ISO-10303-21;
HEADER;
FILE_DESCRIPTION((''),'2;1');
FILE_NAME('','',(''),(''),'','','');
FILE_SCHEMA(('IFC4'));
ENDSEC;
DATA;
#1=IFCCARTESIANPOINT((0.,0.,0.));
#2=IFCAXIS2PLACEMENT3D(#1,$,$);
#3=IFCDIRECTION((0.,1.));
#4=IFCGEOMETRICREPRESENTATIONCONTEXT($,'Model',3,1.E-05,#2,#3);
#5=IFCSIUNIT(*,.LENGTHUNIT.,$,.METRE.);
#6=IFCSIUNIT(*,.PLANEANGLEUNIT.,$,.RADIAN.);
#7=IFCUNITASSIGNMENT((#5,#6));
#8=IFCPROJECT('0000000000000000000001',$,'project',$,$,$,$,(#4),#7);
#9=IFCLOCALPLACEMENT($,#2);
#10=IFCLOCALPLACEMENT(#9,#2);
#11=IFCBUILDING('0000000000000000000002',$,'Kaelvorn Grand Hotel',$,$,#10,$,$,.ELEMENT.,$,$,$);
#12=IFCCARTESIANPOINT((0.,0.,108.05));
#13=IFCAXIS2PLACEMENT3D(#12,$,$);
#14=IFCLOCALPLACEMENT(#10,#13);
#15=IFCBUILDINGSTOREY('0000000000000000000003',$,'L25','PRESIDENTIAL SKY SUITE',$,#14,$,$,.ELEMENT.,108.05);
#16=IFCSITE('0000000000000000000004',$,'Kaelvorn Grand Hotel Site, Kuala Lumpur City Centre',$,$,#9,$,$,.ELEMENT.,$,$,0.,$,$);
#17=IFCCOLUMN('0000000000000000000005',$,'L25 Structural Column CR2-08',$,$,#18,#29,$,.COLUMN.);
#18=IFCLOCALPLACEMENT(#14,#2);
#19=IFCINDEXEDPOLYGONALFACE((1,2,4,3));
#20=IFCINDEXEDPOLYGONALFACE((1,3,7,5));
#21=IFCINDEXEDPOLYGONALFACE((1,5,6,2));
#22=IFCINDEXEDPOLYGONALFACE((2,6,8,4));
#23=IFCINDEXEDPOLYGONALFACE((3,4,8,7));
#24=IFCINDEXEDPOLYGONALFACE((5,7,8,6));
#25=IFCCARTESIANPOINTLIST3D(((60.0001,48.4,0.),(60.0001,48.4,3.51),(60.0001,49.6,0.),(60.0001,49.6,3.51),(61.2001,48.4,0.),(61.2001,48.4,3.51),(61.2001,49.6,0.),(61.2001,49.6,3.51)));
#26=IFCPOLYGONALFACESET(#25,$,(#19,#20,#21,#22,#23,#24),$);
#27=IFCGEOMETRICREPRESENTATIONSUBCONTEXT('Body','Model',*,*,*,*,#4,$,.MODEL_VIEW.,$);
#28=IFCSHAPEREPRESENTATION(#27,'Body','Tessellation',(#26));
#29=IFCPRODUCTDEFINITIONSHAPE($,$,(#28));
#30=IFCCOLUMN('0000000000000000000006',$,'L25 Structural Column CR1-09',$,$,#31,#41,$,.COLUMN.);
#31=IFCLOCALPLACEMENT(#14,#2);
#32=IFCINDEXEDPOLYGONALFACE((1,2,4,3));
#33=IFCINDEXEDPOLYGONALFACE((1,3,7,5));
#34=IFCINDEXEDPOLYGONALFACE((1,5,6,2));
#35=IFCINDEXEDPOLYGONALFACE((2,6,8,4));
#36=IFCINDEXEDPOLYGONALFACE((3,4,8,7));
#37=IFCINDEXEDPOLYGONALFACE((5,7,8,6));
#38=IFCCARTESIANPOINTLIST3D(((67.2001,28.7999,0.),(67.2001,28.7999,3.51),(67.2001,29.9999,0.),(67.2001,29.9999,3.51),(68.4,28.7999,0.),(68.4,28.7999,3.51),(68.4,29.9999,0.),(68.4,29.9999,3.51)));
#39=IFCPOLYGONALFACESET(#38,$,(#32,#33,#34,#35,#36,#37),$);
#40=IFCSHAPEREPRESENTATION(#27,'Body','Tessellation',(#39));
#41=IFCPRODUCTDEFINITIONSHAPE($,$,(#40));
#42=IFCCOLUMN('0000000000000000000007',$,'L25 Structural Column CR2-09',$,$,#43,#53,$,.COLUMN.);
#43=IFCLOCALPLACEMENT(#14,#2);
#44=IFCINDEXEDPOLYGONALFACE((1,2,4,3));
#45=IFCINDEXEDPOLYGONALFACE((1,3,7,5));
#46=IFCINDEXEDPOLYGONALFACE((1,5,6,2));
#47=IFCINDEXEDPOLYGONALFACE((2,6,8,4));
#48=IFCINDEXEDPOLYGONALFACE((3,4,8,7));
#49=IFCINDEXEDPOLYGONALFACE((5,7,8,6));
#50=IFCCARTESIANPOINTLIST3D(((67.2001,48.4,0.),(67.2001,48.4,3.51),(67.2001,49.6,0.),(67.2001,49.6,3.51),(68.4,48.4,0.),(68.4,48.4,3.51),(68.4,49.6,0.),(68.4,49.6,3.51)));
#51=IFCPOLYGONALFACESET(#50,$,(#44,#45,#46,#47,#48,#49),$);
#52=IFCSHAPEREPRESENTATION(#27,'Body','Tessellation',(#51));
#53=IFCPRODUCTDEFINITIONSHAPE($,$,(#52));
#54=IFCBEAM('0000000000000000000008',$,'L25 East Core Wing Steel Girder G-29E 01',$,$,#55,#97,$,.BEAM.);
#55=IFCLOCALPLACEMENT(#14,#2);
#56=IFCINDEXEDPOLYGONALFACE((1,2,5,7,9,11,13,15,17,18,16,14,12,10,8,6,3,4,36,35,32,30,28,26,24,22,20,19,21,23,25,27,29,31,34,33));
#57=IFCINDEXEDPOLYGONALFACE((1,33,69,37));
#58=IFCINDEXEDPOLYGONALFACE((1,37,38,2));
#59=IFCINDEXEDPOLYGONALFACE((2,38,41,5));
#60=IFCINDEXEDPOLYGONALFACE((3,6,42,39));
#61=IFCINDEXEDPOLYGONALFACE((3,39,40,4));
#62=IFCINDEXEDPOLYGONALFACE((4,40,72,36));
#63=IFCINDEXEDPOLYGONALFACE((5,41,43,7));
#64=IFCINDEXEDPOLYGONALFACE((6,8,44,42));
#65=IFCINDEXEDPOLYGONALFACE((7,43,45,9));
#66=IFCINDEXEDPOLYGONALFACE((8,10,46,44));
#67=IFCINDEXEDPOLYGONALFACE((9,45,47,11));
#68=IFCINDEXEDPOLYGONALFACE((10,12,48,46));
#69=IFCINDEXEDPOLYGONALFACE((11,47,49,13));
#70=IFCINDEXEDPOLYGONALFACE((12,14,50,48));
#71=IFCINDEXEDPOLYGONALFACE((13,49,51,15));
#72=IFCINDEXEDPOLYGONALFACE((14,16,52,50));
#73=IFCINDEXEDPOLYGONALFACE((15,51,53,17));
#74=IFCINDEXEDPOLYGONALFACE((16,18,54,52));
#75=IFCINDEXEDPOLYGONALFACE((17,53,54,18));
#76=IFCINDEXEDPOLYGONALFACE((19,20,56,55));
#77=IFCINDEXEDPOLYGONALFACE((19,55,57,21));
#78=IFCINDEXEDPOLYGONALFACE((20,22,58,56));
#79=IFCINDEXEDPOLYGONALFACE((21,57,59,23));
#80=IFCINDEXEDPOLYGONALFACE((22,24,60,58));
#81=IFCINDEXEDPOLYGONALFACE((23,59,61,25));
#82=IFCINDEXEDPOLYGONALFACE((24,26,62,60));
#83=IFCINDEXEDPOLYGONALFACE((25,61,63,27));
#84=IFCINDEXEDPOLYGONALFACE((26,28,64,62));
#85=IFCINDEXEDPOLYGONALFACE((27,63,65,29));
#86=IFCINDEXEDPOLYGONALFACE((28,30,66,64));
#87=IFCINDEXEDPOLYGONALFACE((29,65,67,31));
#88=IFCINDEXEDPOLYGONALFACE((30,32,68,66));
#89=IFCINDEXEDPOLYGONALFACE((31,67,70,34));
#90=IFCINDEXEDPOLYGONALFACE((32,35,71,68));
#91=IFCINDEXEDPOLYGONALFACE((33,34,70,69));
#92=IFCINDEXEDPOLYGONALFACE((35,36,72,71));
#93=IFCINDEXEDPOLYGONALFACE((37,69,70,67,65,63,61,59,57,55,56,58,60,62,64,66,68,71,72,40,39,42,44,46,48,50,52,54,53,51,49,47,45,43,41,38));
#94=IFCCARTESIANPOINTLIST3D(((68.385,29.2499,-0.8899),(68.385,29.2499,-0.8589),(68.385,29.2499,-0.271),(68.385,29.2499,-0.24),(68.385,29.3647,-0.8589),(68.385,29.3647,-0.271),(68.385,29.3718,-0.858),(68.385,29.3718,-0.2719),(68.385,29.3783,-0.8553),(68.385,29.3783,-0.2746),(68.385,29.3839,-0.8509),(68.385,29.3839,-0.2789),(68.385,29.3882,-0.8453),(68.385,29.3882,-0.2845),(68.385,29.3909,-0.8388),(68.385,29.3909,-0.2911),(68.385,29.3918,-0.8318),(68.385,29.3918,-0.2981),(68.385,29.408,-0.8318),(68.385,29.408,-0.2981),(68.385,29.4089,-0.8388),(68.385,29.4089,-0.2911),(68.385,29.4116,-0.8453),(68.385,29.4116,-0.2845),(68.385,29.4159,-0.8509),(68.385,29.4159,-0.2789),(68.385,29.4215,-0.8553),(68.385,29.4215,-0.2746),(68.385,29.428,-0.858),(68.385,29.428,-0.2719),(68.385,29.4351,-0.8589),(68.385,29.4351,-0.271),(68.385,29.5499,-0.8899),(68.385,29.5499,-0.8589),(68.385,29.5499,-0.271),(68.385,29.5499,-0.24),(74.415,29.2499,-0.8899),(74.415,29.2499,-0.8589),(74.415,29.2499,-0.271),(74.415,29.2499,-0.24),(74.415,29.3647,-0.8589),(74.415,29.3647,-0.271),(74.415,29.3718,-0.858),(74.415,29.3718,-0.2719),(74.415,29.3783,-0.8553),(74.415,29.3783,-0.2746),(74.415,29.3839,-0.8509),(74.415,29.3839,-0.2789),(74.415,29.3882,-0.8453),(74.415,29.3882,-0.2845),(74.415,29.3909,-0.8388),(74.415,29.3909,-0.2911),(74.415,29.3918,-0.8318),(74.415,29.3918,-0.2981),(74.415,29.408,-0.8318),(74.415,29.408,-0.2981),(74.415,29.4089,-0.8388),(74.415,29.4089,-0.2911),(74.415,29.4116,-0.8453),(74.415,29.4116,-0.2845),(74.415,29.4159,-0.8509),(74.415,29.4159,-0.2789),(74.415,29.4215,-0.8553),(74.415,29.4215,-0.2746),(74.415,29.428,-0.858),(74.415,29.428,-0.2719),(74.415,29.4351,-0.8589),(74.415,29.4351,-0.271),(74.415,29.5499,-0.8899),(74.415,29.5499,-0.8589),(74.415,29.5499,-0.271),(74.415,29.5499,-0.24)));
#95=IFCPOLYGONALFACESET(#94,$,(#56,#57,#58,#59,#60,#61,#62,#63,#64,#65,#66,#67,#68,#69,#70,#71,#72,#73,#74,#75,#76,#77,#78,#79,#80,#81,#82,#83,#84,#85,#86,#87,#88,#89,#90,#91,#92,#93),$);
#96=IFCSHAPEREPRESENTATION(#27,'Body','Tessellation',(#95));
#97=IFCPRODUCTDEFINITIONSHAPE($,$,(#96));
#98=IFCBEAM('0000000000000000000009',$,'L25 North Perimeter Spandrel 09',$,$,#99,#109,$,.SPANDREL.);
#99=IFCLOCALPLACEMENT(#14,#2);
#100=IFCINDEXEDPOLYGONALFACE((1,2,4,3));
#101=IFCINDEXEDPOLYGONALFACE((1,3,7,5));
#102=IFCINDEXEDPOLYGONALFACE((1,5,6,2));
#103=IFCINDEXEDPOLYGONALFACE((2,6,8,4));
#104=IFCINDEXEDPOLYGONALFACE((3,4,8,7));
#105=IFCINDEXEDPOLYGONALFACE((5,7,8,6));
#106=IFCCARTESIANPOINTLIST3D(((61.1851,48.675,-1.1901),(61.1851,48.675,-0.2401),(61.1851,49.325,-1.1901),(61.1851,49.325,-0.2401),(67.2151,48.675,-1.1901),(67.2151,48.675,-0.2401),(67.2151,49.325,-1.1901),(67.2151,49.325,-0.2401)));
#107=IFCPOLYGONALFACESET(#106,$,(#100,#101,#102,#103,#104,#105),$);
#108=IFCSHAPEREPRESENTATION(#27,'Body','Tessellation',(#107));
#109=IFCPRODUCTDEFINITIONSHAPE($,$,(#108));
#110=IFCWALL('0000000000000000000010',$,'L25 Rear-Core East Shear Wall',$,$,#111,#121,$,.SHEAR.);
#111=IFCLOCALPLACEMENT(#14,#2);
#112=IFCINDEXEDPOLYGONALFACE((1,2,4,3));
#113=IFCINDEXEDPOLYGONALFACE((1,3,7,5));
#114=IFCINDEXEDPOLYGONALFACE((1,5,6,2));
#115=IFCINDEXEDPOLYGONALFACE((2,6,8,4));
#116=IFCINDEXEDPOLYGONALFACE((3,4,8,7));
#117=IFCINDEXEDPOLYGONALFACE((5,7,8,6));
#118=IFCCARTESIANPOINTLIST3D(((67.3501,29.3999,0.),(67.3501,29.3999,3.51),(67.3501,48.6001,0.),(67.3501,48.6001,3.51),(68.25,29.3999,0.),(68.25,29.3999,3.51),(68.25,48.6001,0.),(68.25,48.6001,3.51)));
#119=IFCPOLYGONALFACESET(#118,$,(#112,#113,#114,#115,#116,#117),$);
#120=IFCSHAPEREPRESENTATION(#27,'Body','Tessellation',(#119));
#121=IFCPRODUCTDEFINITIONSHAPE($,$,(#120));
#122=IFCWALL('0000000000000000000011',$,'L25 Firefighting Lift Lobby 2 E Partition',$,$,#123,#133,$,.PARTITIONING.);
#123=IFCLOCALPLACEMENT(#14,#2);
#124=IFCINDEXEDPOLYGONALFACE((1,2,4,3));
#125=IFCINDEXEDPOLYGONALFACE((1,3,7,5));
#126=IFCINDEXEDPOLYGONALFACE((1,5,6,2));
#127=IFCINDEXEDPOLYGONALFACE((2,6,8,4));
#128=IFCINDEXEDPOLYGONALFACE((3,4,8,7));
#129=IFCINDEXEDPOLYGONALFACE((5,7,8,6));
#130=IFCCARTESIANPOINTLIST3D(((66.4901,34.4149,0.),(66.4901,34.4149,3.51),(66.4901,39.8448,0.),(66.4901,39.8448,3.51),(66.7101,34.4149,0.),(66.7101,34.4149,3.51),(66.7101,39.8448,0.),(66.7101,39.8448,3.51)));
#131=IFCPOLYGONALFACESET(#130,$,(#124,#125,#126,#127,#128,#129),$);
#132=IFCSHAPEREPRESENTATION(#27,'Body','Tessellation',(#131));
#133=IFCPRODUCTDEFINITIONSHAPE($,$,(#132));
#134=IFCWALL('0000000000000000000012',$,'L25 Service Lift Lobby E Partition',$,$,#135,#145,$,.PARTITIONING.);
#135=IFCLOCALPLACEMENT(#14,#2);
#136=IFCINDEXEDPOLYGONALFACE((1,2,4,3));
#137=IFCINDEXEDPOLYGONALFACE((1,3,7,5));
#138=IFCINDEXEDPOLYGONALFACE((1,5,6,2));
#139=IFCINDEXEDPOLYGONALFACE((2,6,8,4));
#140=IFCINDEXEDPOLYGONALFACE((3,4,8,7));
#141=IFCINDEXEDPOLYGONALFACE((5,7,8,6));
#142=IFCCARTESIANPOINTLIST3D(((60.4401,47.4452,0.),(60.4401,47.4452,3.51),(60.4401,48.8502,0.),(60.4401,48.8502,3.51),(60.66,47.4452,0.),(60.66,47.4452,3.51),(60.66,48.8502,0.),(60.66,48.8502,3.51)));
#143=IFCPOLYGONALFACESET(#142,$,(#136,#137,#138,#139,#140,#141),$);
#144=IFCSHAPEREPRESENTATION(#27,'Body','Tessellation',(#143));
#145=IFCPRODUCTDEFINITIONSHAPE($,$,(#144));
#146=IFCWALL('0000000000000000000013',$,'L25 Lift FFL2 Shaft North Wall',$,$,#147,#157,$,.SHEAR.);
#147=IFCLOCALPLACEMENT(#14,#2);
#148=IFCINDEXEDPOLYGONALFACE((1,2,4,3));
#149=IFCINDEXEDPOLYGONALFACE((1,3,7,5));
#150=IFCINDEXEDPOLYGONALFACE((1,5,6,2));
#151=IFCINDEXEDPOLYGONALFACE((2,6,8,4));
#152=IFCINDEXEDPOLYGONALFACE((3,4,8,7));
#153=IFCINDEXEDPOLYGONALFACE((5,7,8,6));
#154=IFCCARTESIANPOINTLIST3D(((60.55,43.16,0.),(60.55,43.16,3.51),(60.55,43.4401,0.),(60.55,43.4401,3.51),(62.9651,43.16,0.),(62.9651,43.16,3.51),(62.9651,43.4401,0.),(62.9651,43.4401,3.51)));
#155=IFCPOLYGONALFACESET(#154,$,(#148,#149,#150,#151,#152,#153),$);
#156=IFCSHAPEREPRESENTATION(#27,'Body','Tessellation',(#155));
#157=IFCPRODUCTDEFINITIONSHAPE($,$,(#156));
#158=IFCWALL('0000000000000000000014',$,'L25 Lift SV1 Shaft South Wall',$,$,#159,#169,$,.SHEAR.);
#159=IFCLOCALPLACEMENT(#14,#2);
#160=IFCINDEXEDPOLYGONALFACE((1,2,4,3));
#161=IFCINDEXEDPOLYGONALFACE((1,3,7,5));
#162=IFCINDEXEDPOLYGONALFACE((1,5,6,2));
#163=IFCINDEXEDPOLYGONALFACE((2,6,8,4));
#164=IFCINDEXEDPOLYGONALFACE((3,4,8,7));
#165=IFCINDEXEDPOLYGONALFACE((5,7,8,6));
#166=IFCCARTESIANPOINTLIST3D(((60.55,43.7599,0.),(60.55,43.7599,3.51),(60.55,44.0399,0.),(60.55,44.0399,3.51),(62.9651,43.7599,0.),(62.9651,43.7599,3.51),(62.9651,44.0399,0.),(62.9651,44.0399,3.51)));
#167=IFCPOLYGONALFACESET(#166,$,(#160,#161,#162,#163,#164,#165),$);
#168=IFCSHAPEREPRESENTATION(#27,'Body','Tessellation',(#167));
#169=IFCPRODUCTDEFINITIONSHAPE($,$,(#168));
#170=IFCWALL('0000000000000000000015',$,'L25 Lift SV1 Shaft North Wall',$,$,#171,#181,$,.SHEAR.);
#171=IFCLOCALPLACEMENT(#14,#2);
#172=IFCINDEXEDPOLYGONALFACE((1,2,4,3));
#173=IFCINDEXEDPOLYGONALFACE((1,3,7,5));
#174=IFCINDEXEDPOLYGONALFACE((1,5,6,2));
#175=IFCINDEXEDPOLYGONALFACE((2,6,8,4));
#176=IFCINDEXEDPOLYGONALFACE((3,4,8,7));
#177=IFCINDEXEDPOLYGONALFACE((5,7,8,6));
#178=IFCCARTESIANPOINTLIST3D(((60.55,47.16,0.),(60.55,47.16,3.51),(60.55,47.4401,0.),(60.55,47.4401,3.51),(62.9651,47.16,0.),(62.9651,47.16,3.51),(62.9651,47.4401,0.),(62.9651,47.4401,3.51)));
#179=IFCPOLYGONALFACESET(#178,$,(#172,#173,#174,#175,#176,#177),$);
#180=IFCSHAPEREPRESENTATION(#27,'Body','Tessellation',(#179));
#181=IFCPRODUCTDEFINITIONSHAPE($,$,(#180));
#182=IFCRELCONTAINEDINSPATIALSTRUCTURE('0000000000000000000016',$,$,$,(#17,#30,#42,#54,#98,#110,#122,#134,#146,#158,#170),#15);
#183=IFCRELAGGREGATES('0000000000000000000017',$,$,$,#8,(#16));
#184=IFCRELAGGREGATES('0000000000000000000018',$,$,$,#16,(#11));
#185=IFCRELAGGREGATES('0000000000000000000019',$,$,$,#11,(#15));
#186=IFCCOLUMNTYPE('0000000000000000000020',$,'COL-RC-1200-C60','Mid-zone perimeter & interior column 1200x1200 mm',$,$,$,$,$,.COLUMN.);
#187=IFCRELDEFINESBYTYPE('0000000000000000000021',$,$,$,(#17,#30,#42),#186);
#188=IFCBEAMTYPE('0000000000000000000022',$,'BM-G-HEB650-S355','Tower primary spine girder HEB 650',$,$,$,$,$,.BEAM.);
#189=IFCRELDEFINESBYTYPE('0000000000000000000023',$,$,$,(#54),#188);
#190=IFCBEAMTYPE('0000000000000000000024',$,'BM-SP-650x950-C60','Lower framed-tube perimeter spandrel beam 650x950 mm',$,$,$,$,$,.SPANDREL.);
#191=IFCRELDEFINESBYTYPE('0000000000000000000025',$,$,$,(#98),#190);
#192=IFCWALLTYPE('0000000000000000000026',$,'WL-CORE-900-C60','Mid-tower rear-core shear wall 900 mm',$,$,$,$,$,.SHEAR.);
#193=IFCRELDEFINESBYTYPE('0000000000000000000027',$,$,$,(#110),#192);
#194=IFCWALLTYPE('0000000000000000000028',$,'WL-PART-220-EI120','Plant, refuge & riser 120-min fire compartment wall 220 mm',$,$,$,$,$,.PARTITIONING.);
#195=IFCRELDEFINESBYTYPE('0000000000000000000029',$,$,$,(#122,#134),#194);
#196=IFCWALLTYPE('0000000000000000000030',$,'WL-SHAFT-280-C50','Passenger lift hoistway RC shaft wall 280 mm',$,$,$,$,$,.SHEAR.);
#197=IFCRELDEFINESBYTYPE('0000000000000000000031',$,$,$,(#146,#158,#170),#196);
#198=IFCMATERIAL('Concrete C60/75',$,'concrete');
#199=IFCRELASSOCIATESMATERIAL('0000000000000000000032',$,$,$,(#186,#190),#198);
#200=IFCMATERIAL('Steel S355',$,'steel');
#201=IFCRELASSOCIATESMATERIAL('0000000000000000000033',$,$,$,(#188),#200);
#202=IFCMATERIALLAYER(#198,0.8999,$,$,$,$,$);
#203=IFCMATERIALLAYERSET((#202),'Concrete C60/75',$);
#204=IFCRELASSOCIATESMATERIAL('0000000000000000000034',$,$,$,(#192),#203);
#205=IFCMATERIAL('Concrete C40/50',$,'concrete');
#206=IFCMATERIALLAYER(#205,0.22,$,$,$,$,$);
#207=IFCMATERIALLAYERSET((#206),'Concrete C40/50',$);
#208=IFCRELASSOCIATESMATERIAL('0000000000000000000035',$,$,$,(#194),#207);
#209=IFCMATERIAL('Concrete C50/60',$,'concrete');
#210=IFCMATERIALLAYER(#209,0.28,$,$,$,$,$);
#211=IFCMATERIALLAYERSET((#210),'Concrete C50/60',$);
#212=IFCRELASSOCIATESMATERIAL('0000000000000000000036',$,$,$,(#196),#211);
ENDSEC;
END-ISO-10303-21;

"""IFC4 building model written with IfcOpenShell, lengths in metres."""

from ifc_helpers import new_model, si_unit, direction, frame, frame_2d, origin, origin_2d, place, context, subcontext, project, spatial, rectangle, i_section, extrude, material, layer, layer_set, material_profile, profile_set, type_object, element, save


model = new_model("IFC4")

# Units and contexts
model_context = context("Model", 3, precision=1e-05, world=origin(), true_north=direction((0.0, 1.0)))
body_context = subcontext(model_context, "Body", "Model", "MODEL_VIEW")
ifc_project = project(units=[si_unit("LENGTHUNIT", "METRE"), si_unit("PLANEANGLEUNIT", "RADIAN")], contexts=[model_context])

# Site, building, storey
site_placement = place(None, origin())
site = spatial("IfcSite", under=ifc_project, at=site_placement, Name="Kaelvorn Grand Hotel Site, Kuala Lumpur City Centre", CompositionType="ELEMENT", RefElevation=0.0)
building_placement = place(site_placement, origin())
building = spatial("IfcBuilding", under=site, at=building_placement, Name="Kaelvorn Grand Hotel", CompositionType="ELEMENT")
storey_placement = place(building_placement, frame((0.0, 0.0, 108.05)))
storey = spatial("IfcBuildingStorey", under=building, at=storey_placement, Name="L25", Description="PRESIDENTIAL SKY SUITE", CompositionType="ELEMENT", Elevation=108.05)

# Columns
ifc_material_1 = material(Name="Concrete C60/75", Category="concrete")
ifc_material_profile_1 = material_profile(ifc_material_1, rectangle(XDim=1.2, YDim=1.2, at=origin_2d()), Name="RC COL 1200x1200")
ifc_profile_set_1 = profile_set([ifc_material_profile_1], Name="Concrete C60/75")
column_type = type_object("IfcColumnType", Name="COL-RC-1200-C60", Description="Mid-zone perimeter & interior column 1200x1200 mm", PredefinedType="COLUMN", material=ifc_profile_set_1)
for number, where, z_axis, x_axis, name in (
    (1, (60.6001, 49.0, 0.0), (0.0, 0.0, 1.0), (1.0, 0.0, 0.0), "L25 Structural Column CR2-08"),
    (2, (67.8, 29.3999, 0.0), (0.0, 0.0, 1.0), (1.0, 0.0, 0.0), "L25 Structural Column CR1-09"),
    (3, (67.8, 49.0, 0.0), (0.0, 0.0, 1.0), (1.0, 0.0, 0.0), "L25 Structural Column CR2-09"),
):
    element("IfcColumn", number, at=place(storey_placement, frame(where, z_axis=z_axis, x_axis=x_axis)), inside=storey, type_object=column_type, Name=name, PredefinedType="COLUMN", context=body_context, shape_type="SweptSolid", body=[
        extrude(rectangle(XDim=1.2, YDim=1.2, at=origin_2d()), origin(), (0.0, 0.0, 1.0), 3.51),
    ])

# Beams
ifc_material_2 = material(Name="Steel S355", Category="steel")
ifc_material_profile_2 = material_profile(ifc_material_2, i_section(OverallWidth=0.3, OverallDepth=0.6499, WebThickness=0.0161, FlangeThickness=0.031, FilletRadius=0.0271, at=origin_2d()), Name="HEB 650")
ifc_profile_set_2 = profile_set([ifc_material_profile_2], Name="Steel S355")
beam_type_1 = type_object("IfcBeamType", Name="BM-G-HEB650-S355", Description="Tower primary spine girder HEB 650", PredefinedType="BEAM", material=ifc_profile_set_2)
beam_1_placement = place(storey_placement, frame((68.385, 29.3999, -0.5649), z_axis=(1.0, 0.0, 0.0), x_axis=(0.0, 1.0, 0.0)))
element("IfcBeam", 4, at=beam_1_placement, inside=storey, type_object=beam_type_1, Name="L25 East Core Wing Steel Girder G-29E 01", PredefinedType="BEAM", context=body_context, shape_type="SweptSolid", body=[
    extrude(i_section(OverallWidth=0.3, OverallDepth=0.6499, WebThickness=0.0161, FlangeThickness=0.031, FilletRadius=0.0271, at=origin_2d()), origin(), (0.0, 0.0, 1.0), 6.03),
])
ifc_material_profile_3 = material_profile(ifc_material_1, rectangle(XDim=0.6499, YDim=0.95, at=origin_2d()), Name="RC SPANDREL 650x950")
ifc_profile_set_3 = profile_set([ifc_material_profile_3], Name="Concrete C60/75")
beam_type_2 = type_object("IfcBeamType", Name="BM-SP-650x950-C60", Description="Lower framed-tube perimeter spandrel beam 650x950 mm", PredefinedType="SPANDREL", material=ifc_profile_set_3)
beam_2_placement = place(storey_placement, frame((61.1851, 49.0, -0.7151), z_axis=(1.0, 0.0, 0.0), x_axis=(0.0, 1.0, 0.0)))
element("IfcBeam", 5, at=beam_2_placement, inside=storey, type_object=beam_type_2, Name="L25 North Perimeter Spandrel 09", PredefinedType="SPANDREL", context=body_context, shape_type="SweptSolid", body=[
    extrude(rectangle(XDim=0.6499, YDim=0.95, at=origin_2d()), origin(), (0.0, 0.0, 1.0), 6.03),
])

# Walls
ifc_layer_1 = layer(ifc_material_1, 0.8999)
ifc_layer_set_1 = layer_set([ifc_layer_1], Name="Concrete C60/75")
wall_type_1 = type_object("IfcWallType", Name="WL-CORE-900-C60", Description="Mid-tower rear-core shear wall 900 mm", PredefinedType="SHEAR", material=ifc_layer_set_1)
wall_1_placement = place(storey_placement, frame((67.8, 29.3999, 0.0), z_axis=(0.0, 0.0, 1.0), x_axis=(0.0, 1.0, 0.0)))
element("IfcWall", 6, at=wall_1_placement, inside=storey, type_object=wall_type_1, Name="L25 Rear-Core East Shear Wall", PredefinedType="SHEAR", context=body_context, shape_type="SweptSolid", body=[
    extrude(rectangle(XDim=19.2002, YDim=0.8999, at=frame_2d((9.6001, 0.0))), origin(), (0.0, 0.0, 1.0), 3.51),
])
ifc_material_3 = material(Name="Concrete C40/50", Category="concrete")
ifc_layer_2 = layer(ifc_material_3, 0.22)
ifc_layer_set_2 = layer_set([ifc_layer_2], Name="Concrete C40/50")
wall_type_2 = type_object("IfcWallType", Name="WL-PART-220-EI120", Description="Plant, refuge & riser 120-min fire compartment wall 220 mm", PredefinedType="PARTITIONING", material=ifc_layer_set_2)
wall_2_placement = place(storey_placement, frame((66.6001, 34.415, 0.0), z_axis=(0.0, 0.0, 1.0), x_axis=(0.0, 1.0, 0.0)))
element("IfcWall", 7, at=wall_2_placement, inside=storey, type_object=wall_type_2, Name="L25 Firefighting Lift Lobby 2 E Partition", PredefinedType="PARTITIONING", context=body_context, shape_type="SweptSolid", body=[
    extrude(rectangle(XDim=5.4299, YDim=0.22, at=frame_2d((2.7148, 0.0))), origin(), (0.0, 0.0, 1.0), 3.51),
])
wall_3_placement = place(storey_placement, frame((60.55, 47.4451, 0.0), z_axis=(0.0, 0.0, 1.0), x_axis=(0.0, 1.0, 0.0)))
element("IfcWall", 8, at=wall_3_placement, inside=storey, type_object=wall_type_2, Name="L25 Service Lift Lobby E Partition", PredefinedType="PARTITIONING", context=body_context, shape_type="SweptSolid", body=[
    extrude(rectangle(XDim=1.405, YDim=0.22, at=frame_2d((0.7026, 0.0))), origin(), (0.0, 0.0, 1.0), 3.51),
])
ifc_material_4 = material(Name="Concrete C50/60", Category="concrete")
ifc_layer_3 = layer(ifc_material_4, 0.28)
ifc_layer_set_3 = layer_set([ifc_layer_3], Name="Concrete C50/60")
wall_type_3 = type_object("IfcWallType", Name="WL-SHAFT-280-C50", Description="Passenger lift hoistway RC shaft wall 280 mm", PredefinedType="SHEAR", material=ifc_layer_set_3)
for number, where, z_axis, x_axis, name in (
    (9, (60.55, 43.3, 0.0), (0.0, 0.0, 1.0), (1.0, 0.0, 0.0), "L25 Lift FFL2 Shaft North Wall"),
    (10, (60.55, 43.8999, 0.0), (0.0, 0.0, 1.0), (1.0, 0.0, 0.0), "L25 Lift SV1 Shaft South Wall"),
    (11, (60.55, 47.3, 0.0), (0.0, 0.0, 1.0), (1.0, 0.0, 0.0), "L25 Lift SV1 Shaft North Wall"),
):
    element("IfcWall", number, at=place(storey_placement, frame(where, z_axis=z_axis, x_axis=x_axis)), inside=storey, type_object=wall_type_3, Name=name, PredefinedType="SHEAR", context=body_context, shape_type="SweptSolid", body=[
        extrude(rectangle(XDim=2.415, YDim=0.28, at=frame_2d((1.2075, 0.0))), origin(), (0.0, 0.0, 1.0), 3.51),
    ])

save(model, "model.ifc")
